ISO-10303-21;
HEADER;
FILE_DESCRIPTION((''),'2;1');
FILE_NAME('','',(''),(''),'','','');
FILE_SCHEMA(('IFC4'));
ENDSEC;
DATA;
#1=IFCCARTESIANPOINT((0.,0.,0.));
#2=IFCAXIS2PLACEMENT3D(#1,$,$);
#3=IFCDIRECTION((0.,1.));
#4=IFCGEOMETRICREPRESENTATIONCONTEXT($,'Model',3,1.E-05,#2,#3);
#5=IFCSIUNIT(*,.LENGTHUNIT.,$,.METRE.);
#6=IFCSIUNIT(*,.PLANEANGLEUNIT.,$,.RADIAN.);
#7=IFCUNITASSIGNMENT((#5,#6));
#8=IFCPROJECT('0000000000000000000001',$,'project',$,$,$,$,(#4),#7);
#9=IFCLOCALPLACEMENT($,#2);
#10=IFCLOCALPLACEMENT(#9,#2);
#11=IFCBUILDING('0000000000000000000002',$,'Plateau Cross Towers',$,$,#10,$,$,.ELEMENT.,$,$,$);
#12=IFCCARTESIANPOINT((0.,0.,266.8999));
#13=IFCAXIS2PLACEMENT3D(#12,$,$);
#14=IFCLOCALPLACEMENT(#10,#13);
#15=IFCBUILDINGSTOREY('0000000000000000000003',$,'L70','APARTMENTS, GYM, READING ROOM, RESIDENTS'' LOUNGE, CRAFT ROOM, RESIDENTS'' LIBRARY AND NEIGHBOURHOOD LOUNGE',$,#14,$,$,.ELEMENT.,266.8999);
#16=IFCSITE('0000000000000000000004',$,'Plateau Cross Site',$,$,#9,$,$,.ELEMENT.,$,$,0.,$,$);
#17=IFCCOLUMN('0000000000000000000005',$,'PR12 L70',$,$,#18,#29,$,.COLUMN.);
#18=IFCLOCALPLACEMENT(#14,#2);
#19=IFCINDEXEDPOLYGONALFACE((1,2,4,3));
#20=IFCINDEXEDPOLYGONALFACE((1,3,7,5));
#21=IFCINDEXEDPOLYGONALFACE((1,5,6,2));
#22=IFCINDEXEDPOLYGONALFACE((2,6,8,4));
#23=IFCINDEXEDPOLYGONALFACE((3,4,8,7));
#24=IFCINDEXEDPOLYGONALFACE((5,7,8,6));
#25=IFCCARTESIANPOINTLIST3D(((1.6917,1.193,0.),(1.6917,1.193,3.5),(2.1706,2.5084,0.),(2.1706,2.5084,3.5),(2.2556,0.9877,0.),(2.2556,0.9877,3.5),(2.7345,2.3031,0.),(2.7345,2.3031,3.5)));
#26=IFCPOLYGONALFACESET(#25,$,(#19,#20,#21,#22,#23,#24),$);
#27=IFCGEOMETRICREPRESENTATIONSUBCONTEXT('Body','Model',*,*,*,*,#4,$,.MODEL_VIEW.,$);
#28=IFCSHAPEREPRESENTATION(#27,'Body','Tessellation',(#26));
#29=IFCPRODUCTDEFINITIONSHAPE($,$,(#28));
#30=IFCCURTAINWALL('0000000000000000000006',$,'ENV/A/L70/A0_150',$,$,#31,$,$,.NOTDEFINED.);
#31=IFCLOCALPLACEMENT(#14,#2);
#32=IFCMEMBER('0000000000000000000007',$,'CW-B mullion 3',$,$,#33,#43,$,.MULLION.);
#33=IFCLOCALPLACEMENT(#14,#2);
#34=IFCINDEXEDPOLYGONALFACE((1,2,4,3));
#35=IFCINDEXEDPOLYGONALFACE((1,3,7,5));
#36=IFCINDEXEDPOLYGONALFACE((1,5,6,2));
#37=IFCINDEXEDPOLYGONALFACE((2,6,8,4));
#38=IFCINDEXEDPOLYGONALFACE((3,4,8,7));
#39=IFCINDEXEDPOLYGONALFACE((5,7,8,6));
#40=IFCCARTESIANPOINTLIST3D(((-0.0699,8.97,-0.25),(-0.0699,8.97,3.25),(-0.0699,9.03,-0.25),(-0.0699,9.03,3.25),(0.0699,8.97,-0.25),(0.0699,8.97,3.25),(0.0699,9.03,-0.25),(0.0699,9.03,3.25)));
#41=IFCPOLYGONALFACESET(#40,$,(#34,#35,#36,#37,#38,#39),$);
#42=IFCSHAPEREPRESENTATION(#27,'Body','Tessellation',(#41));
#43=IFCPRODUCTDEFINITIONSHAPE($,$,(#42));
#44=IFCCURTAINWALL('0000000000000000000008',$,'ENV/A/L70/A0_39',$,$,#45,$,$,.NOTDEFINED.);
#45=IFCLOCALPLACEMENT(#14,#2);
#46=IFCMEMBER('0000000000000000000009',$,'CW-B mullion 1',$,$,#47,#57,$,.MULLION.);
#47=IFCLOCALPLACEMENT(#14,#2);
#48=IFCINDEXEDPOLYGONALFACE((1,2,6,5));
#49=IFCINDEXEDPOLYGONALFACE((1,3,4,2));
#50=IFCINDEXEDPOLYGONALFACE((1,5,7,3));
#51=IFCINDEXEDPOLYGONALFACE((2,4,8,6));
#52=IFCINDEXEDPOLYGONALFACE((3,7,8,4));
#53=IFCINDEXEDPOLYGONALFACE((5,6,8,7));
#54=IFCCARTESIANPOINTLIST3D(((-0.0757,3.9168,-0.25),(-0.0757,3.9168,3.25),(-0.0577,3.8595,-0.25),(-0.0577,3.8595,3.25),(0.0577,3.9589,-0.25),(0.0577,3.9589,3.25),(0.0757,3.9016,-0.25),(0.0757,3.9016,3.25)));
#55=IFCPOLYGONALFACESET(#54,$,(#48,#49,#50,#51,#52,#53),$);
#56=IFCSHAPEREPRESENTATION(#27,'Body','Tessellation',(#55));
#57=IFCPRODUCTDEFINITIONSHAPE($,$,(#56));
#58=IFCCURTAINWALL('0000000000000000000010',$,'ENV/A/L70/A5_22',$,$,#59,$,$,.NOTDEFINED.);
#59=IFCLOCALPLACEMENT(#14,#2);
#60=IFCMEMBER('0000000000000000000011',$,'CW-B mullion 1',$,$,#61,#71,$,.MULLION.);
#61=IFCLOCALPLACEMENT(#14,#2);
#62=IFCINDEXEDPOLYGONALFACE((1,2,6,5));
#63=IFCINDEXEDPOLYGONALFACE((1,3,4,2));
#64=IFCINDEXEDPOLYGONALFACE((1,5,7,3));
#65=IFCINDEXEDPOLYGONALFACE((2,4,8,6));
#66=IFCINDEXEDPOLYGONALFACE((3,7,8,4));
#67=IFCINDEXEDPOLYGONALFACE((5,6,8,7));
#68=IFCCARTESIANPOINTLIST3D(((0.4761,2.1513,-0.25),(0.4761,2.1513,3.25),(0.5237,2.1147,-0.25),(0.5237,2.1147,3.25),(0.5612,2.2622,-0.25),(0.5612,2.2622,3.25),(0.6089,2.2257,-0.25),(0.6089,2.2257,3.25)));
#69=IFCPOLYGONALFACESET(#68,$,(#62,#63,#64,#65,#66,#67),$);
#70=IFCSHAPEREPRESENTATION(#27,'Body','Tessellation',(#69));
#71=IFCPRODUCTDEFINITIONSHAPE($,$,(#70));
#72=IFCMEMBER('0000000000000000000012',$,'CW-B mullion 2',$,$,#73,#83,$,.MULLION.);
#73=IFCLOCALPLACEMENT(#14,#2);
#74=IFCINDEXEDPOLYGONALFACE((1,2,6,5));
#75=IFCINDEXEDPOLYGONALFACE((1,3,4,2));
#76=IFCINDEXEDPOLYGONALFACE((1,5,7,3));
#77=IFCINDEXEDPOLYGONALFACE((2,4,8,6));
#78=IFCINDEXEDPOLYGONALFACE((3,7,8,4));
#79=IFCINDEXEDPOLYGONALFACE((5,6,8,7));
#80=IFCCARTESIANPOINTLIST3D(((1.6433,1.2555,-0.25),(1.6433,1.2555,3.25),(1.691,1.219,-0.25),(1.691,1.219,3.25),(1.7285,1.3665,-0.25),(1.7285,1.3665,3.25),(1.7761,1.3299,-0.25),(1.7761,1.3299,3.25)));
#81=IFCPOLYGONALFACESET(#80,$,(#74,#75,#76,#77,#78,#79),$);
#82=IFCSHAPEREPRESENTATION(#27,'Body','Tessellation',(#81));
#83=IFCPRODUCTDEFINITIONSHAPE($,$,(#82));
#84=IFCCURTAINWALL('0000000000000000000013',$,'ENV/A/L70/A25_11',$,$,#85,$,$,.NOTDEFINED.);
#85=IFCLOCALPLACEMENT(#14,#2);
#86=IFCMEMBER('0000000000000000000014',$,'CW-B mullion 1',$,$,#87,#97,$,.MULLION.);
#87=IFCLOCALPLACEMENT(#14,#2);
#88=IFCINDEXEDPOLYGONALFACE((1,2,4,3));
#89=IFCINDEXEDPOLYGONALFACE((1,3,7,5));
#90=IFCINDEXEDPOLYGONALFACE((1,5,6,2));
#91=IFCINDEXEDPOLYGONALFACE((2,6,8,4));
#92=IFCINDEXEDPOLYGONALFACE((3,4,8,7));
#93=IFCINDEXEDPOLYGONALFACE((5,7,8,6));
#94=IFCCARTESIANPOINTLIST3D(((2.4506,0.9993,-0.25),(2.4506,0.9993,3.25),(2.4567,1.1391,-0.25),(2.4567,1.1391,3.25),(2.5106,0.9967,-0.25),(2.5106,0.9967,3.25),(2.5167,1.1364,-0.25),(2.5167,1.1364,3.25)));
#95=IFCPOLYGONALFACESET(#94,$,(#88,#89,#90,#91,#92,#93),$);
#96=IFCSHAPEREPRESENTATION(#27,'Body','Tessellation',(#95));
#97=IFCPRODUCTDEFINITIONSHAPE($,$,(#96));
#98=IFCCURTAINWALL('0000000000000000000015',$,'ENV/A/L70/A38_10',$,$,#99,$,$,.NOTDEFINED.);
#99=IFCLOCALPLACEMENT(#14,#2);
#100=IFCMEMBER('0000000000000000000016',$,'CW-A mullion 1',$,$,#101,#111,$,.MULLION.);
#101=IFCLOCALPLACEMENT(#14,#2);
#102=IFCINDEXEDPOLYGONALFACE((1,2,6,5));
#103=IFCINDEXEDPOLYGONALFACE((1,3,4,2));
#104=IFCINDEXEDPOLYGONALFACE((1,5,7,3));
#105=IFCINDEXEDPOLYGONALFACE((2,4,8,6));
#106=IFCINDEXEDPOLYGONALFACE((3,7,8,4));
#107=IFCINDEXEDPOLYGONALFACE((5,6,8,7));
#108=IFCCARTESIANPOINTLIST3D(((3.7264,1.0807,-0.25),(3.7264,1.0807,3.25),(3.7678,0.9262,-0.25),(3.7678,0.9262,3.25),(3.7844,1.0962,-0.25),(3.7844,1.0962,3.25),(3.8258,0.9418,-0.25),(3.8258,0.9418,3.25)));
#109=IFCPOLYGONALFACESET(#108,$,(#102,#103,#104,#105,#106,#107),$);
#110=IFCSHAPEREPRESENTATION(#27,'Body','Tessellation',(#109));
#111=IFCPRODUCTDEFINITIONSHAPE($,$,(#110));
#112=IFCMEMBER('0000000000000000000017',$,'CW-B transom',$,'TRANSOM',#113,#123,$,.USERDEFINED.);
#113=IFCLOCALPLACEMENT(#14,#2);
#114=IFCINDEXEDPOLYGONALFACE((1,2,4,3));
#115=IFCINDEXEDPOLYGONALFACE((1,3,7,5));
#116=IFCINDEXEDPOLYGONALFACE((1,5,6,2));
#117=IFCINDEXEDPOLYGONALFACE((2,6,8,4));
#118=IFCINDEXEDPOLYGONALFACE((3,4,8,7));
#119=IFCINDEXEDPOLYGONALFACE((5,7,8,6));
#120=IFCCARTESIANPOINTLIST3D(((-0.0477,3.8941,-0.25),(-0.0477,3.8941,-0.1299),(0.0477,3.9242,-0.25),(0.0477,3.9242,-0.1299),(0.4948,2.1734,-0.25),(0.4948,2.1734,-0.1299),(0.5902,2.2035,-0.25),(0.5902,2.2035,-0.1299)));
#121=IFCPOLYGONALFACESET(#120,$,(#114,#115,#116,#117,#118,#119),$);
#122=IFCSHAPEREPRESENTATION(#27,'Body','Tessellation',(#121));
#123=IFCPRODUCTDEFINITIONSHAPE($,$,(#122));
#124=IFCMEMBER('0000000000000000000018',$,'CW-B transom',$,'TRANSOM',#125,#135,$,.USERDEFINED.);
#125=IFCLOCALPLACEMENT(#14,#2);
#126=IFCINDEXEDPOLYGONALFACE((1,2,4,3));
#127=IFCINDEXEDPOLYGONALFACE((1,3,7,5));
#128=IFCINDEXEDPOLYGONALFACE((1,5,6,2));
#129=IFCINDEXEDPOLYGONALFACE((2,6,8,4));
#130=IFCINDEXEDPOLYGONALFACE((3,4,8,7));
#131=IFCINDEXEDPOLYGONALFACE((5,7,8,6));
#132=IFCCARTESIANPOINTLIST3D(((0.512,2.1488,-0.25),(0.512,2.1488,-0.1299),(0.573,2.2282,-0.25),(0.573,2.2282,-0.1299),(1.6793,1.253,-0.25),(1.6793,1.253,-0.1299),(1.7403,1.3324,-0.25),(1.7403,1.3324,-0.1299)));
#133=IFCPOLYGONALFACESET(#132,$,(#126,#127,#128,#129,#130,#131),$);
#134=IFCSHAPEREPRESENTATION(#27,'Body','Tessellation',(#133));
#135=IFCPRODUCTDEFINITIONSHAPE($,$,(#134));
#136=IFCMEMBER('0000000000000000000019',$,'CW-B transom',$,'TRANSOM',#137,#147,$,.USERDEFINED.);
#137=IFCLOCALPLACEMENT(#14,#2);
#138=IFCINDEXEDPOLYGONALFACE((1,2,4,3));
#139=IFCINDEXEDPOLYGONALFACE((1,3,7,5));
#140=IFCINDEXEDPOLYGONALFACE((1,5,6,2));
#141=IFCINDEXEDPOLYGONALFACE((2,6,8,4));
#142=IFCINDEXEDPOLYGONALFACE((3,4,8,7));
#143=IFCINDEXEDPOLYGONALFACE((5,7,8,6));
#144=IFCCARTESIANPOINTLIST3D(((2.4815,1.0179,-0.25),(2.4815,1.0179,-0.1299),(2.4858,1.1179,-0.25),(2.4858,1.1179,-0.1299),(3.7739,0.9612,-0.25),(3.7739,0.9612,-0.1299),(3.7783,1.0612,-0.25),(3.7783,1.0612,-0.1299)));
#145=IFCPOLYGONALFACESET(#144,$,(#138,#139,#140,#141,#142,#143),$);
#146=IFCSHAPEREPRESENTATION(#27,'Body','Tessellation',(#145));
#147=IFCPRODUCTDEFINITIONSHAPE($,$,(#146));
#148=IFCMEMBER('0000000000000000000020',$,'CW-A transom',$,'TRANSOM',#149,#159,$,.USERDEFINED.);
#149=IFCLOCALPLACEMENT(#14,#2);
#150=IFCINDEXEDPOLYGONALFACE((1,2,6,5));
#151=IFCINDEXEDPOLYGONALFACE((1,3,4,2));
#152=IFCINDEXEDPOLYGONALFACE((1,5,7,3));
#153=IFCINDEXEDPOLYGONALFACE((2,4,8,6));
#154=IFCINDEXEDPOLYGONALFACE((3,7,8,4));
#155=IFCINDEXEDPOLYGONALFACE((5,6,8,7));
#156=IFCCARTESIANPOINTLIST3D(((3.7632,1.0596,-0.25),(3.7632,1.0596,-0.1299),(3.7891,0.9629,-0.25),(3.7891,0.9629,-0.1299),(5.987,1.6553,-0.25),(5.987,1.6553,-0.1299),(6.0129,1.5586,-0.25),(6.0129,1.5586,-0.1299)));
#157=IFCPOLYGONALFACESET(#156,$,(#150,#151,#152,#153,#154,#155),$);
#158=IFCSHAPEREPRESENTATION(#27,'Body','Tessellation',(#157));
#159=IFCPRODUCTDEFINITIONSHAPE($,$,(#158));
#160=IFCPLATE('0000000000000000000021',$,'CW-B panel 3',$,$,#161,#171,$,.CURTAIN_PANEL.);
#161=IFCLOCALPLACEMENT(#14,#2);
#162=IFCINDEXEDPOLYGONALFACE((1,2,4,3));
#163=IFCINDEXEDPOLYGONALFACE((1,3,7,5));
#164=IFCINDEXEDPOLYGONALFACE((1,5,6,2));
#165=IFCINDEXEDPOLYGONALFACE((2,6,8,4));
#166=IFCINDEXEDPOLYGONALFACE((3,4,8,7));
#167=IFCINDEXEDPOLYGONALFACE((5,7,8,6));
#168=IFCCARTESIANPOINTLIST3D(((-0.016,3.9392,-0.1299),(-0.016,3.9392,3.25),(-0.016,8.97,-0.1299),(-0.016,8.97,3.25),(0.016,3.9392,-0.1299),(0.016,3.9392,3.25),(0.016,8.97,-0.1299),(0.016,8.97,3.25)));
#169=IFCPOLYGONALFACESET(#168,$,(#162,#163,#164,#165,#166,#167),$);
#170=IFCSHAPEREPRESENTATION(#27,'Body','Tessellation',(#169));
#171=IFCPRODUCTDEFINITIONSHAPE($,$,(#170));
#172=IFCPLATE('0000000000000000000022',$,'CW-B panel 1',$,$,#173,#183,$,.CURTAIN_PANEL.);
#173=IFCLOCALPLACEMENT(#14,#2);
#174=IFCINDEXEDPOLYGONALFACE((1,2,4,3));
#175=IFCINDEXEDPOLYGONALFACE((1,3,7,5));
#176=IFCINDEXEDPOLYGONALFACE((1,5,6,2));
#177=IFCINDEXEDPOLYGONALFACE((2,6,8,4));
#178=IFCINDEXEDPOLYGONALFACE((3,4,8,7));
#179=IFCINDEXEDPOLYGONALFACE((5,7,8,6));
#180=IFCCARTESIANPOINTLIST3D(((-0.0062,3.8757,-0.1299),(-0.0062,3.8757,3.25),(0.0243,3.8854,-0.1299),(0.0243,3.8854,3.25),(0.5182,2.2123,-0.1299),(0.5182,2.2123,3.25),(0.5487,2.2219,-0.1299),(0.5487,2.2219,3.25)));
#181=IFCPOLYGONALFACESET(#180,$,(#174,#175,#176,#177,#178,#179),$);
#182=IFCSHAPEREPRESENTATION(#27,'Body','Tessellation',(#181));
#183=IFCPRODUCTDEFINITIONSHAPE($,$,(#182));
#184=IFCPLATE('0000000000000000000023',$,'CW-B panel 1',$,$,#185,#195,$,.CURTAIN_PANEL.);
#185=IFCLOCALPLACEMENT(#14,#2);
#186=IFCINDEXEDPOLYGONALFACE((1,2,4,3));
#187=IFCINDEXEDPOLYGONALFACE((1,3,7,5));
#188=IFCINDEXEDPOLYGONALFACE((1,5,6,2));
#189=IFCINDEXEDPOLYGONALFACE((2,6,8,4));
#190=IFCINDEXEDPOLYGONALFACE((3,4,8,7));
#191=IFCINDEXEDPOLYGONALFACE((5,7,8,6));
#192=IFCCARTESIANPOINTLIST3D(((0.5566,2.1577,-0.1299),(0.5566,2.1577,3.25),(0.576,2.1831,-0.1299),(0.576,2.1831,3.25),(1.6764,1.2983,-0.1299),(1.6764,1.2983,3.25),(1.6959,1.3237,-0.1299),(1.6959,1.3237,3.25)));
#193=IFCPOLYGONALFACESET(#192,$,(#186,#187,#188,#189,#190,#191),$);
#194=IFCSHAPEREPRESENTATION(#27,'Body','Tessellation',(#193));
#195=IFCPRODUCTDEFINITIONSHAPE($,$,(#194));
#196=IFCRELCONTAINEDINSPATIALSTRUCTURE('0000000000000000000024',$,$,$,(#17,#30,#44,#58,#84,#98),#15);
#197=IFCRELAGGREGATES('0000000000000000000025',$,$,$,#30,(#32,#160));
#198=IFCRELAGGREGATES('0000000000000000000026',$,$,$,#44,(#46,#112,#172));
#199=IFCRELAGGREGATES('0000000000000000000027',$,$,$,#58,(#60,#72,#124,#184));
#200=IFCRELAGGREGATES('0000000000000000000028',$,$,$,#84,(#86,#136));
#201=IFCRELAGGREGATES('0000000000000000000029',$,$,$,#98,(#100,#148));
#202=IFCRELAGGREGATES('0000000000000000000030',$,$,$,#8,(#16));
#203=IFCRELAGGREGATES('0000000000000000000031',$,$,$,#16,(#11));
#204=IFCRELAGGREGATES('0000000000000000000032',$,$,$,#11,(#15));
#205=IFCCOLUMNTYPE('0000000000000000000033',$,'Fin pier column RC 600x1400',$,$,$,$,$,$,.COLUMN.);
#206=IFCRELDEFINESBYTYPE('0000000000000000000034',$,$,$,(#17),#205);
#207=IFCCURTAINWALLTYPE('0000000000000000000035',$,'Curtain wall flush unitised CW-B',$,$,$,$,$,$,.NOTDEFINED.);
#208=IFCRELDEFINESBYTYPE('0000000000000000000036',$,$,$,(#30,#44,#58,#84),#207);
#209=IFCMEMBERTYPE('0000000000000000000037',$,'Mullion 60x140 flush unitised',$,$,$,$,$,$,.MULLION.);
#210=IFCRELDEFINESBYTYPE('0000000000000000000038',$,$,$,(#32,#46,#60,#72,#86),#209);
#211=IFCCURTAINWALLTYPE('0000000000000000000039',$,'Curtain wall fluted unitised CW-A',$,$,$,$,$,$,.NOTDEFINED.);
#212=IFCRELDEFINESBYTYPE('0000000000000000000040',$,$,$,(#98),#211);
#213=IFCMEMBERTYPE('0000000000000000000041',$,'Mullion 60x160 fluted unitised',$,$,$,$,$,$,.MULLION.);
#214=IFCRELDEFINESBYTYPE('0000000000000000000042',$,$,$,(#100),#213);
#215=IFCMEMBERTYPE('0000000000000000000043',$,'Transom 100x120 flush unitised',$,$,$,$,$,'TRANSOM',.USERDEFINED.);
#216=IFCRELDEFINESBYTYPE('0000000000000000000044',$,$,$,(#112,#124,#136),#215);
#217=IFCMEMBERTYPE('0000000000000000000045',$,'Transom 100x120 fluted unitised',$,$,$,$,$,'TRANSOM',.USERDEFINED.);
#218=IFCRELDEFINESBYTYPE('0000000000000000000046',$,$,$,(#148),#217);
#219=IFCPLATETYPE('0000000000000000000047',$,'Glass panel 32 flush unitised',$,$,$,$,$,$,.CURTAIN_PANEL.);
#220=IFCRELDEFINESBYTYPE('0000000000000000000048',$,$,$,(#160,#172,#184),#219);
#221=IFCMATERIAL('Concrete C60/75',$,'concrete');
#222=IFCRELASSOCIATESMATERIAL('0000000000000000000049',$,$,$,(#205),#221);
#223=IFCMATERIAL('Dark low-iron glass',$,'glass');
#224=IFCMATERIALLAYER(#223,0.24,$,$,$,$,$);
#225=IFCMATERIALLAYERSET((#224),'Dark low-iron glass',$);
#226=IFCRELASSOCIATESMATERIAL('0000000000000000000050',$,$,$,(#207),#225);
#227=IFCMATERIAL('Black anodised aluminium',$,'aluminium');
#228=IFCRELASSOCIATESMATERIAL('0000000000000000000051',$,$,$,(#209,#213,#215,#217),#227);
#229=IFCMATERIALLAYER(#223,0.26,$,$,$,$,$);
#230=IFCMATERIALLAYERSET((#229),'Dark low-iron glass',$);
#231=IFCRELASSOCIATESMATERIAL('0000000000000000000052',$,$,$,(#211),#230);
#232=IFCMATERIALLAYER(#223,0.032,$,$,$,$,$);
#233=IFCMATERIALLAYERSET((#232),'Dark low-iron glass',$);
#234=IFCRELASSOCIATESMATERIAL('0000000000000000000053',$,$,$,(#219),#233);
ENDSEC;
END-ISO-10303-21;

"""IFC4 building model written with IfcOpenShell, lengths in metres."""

from ifc_helpers import new_model, si_unit, direction, frame, origin, origin_2d, place, context, subcontext, project, spatial, rectangle, extrude, material, layer, layer_set, material_profile, profile_set, type_object, element, aggregate, save


model = new_model("IFC4")

# Units and contexts
model_context = context("Model", 3, precision=1e-05, world=origin(), true_north=direction((0.0, 1.0)))
body_context = subcontext(model_context, "Body", "Model", "MODEL_VIEW")
ifc_project = project(units=[si_unit("LENGTHUNIT", "METRE"), si_unit("PLANEANGLEUNIT", "RADIAN")], contexts=[model_context])

# Site, building, storey
site_placement = place(None, origin())
site = spatial("IfcSite", under=ifc_project, at=site_placement, Name="Plateau Cross Site", CompositionType="ELEMENT", RefElevation=0.0)
building_placement = place(site_placement, origin())
building = spatial("IfcBuilding", under=site, at=building_placement, Name="Plateau Cross Towers", CompositionType="ELEMENT")
storey_placement = place(building_placement, frame((0.0, 0.0, 266.8999)))
storey = spatial("IfcBuildingStorey", under=building, at=storey_placement, Name="L70", Description="APARTMENTS, GYM, READING ROOM, RESIDENTS' LOUNGE, CRAFT ROOM, RESIDENTS' LIBRARY AND NEIGHBOURHOOD LOUNGE", CompositionType="ELEMENT", Elevation=266.8999)

# Column
ifc_material_1 = material(Name="Concrete C60/75", Category="concrete")
ifc_material_profile_1 = material_profile(ifc_material_1, rectangle(XDim=0.6001, YDim=1.3999, at=origin_2d()), Name="RC 600x1400")
ifc_profile_set_1 = profile_set([ifc_material_profile_1], Name="Concrete C60/75")
column_type = type_object("IfcColumnType", Name="Fin pier column RC 600x1400", PredefinedType="COLUMN", material=ifc_profile_set_1)
column_placement = place(storey_placement, frame((2.2131, 1.748, 0.0), z_axis=(0.0, 0.0, 1.0), x_axis=(-0.939664, 0.342098, 0.0)))
element("IfcColumn", 1, at=column_placement, inside=storey, type_object=column_type, Name="PR12 L70", PredefinedType="COLUMN", context=body_context, shape_type="SweptSolid", body=[
    extrude(rectangle(XDim=0.6001, YDim=1.3999, at=origin_2d()), origin(), (0.0, 0.0, 1.0), 3.5),
])

# Curtain walls, members
ifc_material_2 = material(Name="Dark low-iron glass", Category="glass")
ifc_layer_1 = layer(ifc_material_2, 0.24)
ifc_layer_set_1 = layer_set([ifc_layer_1], Name="Dark low-iron glass")
curtain_wall_type_1 = type_object("IfcCurtainWallType", Name="Curtain wall flush unitised CW-B", PredefinedType="NOTDEFINED", material=ifc_layer_set_1)
curtain_wall_1_placement = place(storey_placement, origin())
curtain_wall_1 = element("IfcCurtainWall", 2, at=curtain_wall_1_placement, inside=storey, type_object=curtain_wall_type_1, Name="ENV/A/L70/A0_150", PredefinedType="NOTDEFINED")
ifc_material_3 = material(Name="Black anodised aluminium", Category="aluminium")
ifc_material_profile_2 = material_profile(ifc_material_3, rectangle(XDim=0.0601, YDim=0.1399, at=origin_2d()), Name="MULLION 60x140")
ifc_profile_set_2 = profile_set([ifc_material_profile_2], Name="Black anodised aluminium")
member_type_1 = type_object("IfcMemberType", Name="Mullion 60x140 flush unitised", PredefinedType="MULLION", material=ifc_profile_set_2)
member_1_placement = place(storey_placement, frame((0.0, 9.0, -0.25), z_axis=(0.0, 0.0, 1.0), x_axis=(0.0, -1.0, 0.0)))
member_1 = element("IfcMember", 3, at=member_1_placement, type_object=member_type_1, Name="CW-B mullion 3", PredefinedType="MULLION", context=body_context, shape_type="SweptSolid", body=[
    extrude(rectangle(XDim=0.0601, YDim=0.1399, at=origin_2d()), origin(), (0.0, 0.0, 1.0), 3.5),
])
curtain_wall_2_placement = place(storey_placement, origin())
curtain_wall_2 = element("IfcCurtainWall", 4, at=curtain_wall_2_placement, inside=storey, type_object=curtain_wall_type_1, Name="ENV/A/L70/A0_39", PredefinedType="NOTDEFINED")
member_2_placement = place(storey_placement, frame((0.0, 3.9092, -0.25), z_axis=(0.0, 0.0, 1.0), x_axis=(0.300686, -0.953723, 0.0)))
member_2 = element("IfcMember", 5, at=member_2_placement, type_object=member_type_1, Name="CW-B mullion 1", PredefinedType="MULLION", context=body_context, shape_type="SweptSolid", body=[
    extrude(rectangle(XDim=0.0601, YDim=0.1399, at=origin_2d()), origin(), (0.0, 0.0, 1.0), 3.5),
])

# Curtain wall, members
curtain_wall_3_placement = place(storey_placement, origin())
curtain_wall_3 = element("IfcCurtainWall", 6, at=curtain_wall_3_placement, inside=storey, type_object=curtain_wall_type_1, Name="ENV/A/L70/A5_22", PredefinedType="NOTDEFINED")
member_3_placement = place(storey_placement, frame((0.5425, 2.1885, -0.25), z_axis=(0.0, 0.0, 1.0), x_axis=(0.793316, -0.608811, 0.0)))
member_3 = element("IfcMember", 7, at=member_3_placement, type_object=member_type_1, Name="CW-B mullion 1", PredefinedType="MULLION", context=body_context, shape_type="SweptSolid", body=[
    extrude(rectangle(XDim=0.0601, YDim=0.1399, at=origin_2d()), origin(), (0.0, 0.0, 1.0), 3.5),
])
member_4_placement = place(storey_placement, frame((1.7097, 1.2927, -0.25), z_axis=(0.0, 0.0, 1.0), x_axis=(0.793316, -0.608811, 0.0)))
member_4 = element("IfcMember", 8, at=member_4_placement, type_object=member_type_1, Name="CW-B mullion 2", PredefinedType="MULLION", context=body_context, shape_type="SweptSolid", body=[
    extrude(rectangle(XDim=0.0601, YDim=0.1399, at=origin_2d()), origin(), (0.0, 0.0, 1.0), 3.5),
])

# Curtain walls, members
curtain_wall_4_placement = place(storey_placement, origin())
curtain_wall_4 = element("IfcCurtainWall", 9, at=curtain_wall_4_placement, inside=storey, type_object=curtain_wall_type_1, Name="ENV/A/L70/A25_11", PredefinedType="NOTDEFINED")
member_5_placement = place(storey_placement, frame((2.4836, 1.0679, -0.25), z_axis=(0.0, 0.0, 1.0), x_axis=(0.999044, -0.043723, 0.0)))
member_5 = element("IfcMember", 10, at=member_5_placement, type_object=member_type_1, Name="CW-B mullion 1", PredefinedType="MULLION", context=body_context, shape_type="SweptSolid", body=[
    extrude(rectangle(XDim=0.0601, YDim=0.1399, at=origin_2d()), origin(), (0.0, 0.0, 1.0), 3.5),
])
ifc_layer_2 = layer(ifc_material_2, 0.26)
ifc_layer_set_2 = layer_set([ifc_layer_2], Name="Dark low-iron glass")
curtain_wall_type_2 = type_object("IfcCurtainWallType", Name="Curtain wall fluted unitised CW-A", PredefinedType="NOTDEFINED", material=ifc_layer_set_2)
curtain_wall_5_placement = place(storey_placement, origin())
curtain_wall_5 = element("IfcCurtainWall", 11, at=curtain_wall_5_placement, inside=storey, type_object=curtain_wall_type_2, Name="ENV/A/L70/A38_10", PredefinedType="NOTDEFINED")
ifc_material_profile_3 = material_profile(ifc_material_3, rectangle(XDim=0.0601, YDim=0.1599, at=origin_2d()), Name="MULLION 60x160")
ifc_profile_set_3 = profile_set([ifc_material_profile_3], Name="Black anodised aluminium")
member_type_2 = type_object("IfcMemberType", Name="Mullion 60x160 fluted unitised", PredefinedType="MULLION", material=ifc_profile_set_3)
member_6_placement = place(storey_placement, frame((3.7761, 1.0112, -0.25), z_axis=(0.0, 0.0, 1.0), x_axis=(0.965958, 0.258699, 0.0)))
member_6 = element("IfcMember", 12, at=member_6_placement, type_object=member_type_2, Name="CW-A mullion 1", PredefinedType="MULLION", context=body_context, shape_type="SweptSolid", body=[
    extrude(rectangle(XDim=0.0601, YDim=0.1599, at=origin_2d()), origin(), (0.0, 0.0, 1.0), 3.5),
])

# Members
ifc_material_profile_4 = material_profile(ifc_material_3, rectangle(XDim=0.1001, YDim=0.1201, at=origin_2d()), Name="TRANSOM 100x120")
ifc_profile_set_4 = profile_set([ifc_material_profile_4], Name="Black anodised aluminium")
member_type_3 = type_object("IfcMemberType", Name="Transom 100x120 flush unitised", ElementType="TRANSOM", PredefinedType="USERDEFINED", material=ifc_profile_set_4)
member_7_placement = place(storey_placement, frame((0.0, 3.9092, -0.1899), z_axis=(0.300678, -0.953726, 0.0), x_axis=(0.953726, 0.300678, 0.0)))
member_7 = element("IfcMember", 13, at=member_7_placement, type_object=member_type_3, Name="CW-B transom", ObjectType="TRANSOM", PredefinedType="USERDEFINED", context=body_context, shape_type="SweptSolid", body=[
    extrude(rectangle(XDim=0.1001, YDim=0.1201, at=origin_2d()), origin(), (0.0, 0.0, 1.0), 1.8042),
])
member_8_placement = place(storey_placement, frame((0.5425, 2.1885, -0.1899), z_axis=(0.793321, -0.608804, 0.0), x_axis=(0.608804, 0.793321, 0.0)))
member_8 = element("IfcMember", 14, at=member_8_placement, type_object=member_type_3, Name="CW-B transom", ObjectType="TRANSOM", PredefinedType="USERDEFINED", context=body_context, shape_type="SweptSolid", body=[
    extrude(rectangle(XDim=0.1001, YDim=0.1201, at=origin_2d()), origin(), (0.0, 0.0, 1.0), 1.4714),
])
member_9_placement = place(storey_placement, frame((2.4836, 1.0679, -0.1899), z_axis=(0.999041, -0.043781, 0.0), x_axis=(0.043781, 0.999041, 0.0)))
member_9 = element("IfcMember", 15, at=member_9_placement, type_object=member_type_3, Name="CW-B transom", ObjectType="TRANSOM", PredefinedType="USERDEFINED", context=body_context, shape_type="SweptSolid", body=[
    extrude(rectangle(XDim=0.1001, YDim=0.1201, at=origin_2d()), origin(), (0.0, 0.0, 1.0), 1.2937),
])
ifc_material_profile_5 = material_profile(ifc_material_3, rectangle(XDim=0.1001, YDim=0.1201, at=origin_2d()), Name="TRANSOM 100x120")
ifc_profile_set_5 = profile_set([ifc_material_profile_5], Name="Black anodised aluminium")
member_type_4 = type_object("IfcMemberType", Name="Transom 100x120 fluted unitised", ElementType="TRANSOM", PredefinedType="USERDEFINED", material=ifc_profile_set_5)
member_10_placement = place(storey_placement, frame((3.7761, 1.0112, -0.1899), z_axis=(0.965946, 0.258745, 0.0), x_axis=(-0.258745, 0.965946, 0.0)))
member_10 = element("IfcMember", 16, at=member_10_placement, type_object=member_type_4, Name="CW-A transom", ObjectType="TRANSOM", PredefinedType="USERDEFINED", context=body_context, shape_type="SweptSolid", body=[
    extrude(rectangle(XDim=0.1001, YDim=0.1201, at=origin_2d()), origin(), (0.0, 0.0, 1.0), 2.3022),
])

# Plates
ifc_layer_3 = layer(ifc_material_2, 0.032)
ifc_layer_set_3 = layer_set([ifc_layer_3], Name="Dark low-iron glass")
plate_type_1 = type_object("IfcPlateType", Name="Glass panel 32 flush unitised", PredefinedType="CURTAIN_PANEL", material=ifc_layer_set_3)
plate_1_placement = place(storey_placement, frame((0.0, 6.4546, -0.1299), z_axis=(0.0, 0.0, 1.0), x_axis=(0.0, -1.0, 0.0)))
plate_1 = element("IfcPlate", 17, at=plate_1_placement, type_object=plate_type_1, Name="CW-B panel 3", PredefinedType="CURTAIN_PANEL", context=body_context, shape_type="SweptSolid", body=[
    extrude(rectangle(XDim=5.0308, YDim=0.032, at=origin_2d()), origin(), (0.0, 0.0, 1.0), 3.3799),
])
aggregate(curtain_wall_1, [member_1, plate_1])
plate_2_placement = place(storey_placement, frame((0.2712, 3.0488, -0.1299), z_axis=(0.0, 0.0, 1.0), x_axis=(0.300686, -0.953723, 0.0)))
plate_2 = element("IfcPlate", 18, at=plate_2_placement, type_object=plate_type_1, Name="CW-B panel 1", PredefinedType="CURTAIN_PANEL", context=body_context, shape_type="SweptSolid", body=[
    extrude(rectangle(XDim=1.7441, YDim=0.032, at=origin_2d()), origin(), (0.0, 0.0, 1.0), 3.3799),
])
aggregate(curtain_wall_2, [member_2, member_7, plate_2])
plate_3_placement = place(storey_placement, frame((1.1262, 1.7407, -0.1299), z_axis=(0.0, 0.0, 1.0), x_axis=(0.793316, -0.608811, 0.0)))
plate_3 = element("IfcPlate", 19, at=plate_3_placement, type_object=plate_type_1, Name="CW-B panel 1", PredefinedType="CURTAIN_PANEL", context=body_context, shape_type="SweptSolid", body=[
    extrude(rectangle(XDim=1.4116, YDim=0.032, at=origin_2d()), origin(), (0.0, 0.0, 1.0), 3.3799),
])
aggregate(curtain_wall_3, [member_3, member_4, member_8, plate_3])
aggregate(curtain_wall_4, [member_5, member_9])
aggregate(curtain_wall_5, [member_6, member_10])

save(model, "model.ifc")
